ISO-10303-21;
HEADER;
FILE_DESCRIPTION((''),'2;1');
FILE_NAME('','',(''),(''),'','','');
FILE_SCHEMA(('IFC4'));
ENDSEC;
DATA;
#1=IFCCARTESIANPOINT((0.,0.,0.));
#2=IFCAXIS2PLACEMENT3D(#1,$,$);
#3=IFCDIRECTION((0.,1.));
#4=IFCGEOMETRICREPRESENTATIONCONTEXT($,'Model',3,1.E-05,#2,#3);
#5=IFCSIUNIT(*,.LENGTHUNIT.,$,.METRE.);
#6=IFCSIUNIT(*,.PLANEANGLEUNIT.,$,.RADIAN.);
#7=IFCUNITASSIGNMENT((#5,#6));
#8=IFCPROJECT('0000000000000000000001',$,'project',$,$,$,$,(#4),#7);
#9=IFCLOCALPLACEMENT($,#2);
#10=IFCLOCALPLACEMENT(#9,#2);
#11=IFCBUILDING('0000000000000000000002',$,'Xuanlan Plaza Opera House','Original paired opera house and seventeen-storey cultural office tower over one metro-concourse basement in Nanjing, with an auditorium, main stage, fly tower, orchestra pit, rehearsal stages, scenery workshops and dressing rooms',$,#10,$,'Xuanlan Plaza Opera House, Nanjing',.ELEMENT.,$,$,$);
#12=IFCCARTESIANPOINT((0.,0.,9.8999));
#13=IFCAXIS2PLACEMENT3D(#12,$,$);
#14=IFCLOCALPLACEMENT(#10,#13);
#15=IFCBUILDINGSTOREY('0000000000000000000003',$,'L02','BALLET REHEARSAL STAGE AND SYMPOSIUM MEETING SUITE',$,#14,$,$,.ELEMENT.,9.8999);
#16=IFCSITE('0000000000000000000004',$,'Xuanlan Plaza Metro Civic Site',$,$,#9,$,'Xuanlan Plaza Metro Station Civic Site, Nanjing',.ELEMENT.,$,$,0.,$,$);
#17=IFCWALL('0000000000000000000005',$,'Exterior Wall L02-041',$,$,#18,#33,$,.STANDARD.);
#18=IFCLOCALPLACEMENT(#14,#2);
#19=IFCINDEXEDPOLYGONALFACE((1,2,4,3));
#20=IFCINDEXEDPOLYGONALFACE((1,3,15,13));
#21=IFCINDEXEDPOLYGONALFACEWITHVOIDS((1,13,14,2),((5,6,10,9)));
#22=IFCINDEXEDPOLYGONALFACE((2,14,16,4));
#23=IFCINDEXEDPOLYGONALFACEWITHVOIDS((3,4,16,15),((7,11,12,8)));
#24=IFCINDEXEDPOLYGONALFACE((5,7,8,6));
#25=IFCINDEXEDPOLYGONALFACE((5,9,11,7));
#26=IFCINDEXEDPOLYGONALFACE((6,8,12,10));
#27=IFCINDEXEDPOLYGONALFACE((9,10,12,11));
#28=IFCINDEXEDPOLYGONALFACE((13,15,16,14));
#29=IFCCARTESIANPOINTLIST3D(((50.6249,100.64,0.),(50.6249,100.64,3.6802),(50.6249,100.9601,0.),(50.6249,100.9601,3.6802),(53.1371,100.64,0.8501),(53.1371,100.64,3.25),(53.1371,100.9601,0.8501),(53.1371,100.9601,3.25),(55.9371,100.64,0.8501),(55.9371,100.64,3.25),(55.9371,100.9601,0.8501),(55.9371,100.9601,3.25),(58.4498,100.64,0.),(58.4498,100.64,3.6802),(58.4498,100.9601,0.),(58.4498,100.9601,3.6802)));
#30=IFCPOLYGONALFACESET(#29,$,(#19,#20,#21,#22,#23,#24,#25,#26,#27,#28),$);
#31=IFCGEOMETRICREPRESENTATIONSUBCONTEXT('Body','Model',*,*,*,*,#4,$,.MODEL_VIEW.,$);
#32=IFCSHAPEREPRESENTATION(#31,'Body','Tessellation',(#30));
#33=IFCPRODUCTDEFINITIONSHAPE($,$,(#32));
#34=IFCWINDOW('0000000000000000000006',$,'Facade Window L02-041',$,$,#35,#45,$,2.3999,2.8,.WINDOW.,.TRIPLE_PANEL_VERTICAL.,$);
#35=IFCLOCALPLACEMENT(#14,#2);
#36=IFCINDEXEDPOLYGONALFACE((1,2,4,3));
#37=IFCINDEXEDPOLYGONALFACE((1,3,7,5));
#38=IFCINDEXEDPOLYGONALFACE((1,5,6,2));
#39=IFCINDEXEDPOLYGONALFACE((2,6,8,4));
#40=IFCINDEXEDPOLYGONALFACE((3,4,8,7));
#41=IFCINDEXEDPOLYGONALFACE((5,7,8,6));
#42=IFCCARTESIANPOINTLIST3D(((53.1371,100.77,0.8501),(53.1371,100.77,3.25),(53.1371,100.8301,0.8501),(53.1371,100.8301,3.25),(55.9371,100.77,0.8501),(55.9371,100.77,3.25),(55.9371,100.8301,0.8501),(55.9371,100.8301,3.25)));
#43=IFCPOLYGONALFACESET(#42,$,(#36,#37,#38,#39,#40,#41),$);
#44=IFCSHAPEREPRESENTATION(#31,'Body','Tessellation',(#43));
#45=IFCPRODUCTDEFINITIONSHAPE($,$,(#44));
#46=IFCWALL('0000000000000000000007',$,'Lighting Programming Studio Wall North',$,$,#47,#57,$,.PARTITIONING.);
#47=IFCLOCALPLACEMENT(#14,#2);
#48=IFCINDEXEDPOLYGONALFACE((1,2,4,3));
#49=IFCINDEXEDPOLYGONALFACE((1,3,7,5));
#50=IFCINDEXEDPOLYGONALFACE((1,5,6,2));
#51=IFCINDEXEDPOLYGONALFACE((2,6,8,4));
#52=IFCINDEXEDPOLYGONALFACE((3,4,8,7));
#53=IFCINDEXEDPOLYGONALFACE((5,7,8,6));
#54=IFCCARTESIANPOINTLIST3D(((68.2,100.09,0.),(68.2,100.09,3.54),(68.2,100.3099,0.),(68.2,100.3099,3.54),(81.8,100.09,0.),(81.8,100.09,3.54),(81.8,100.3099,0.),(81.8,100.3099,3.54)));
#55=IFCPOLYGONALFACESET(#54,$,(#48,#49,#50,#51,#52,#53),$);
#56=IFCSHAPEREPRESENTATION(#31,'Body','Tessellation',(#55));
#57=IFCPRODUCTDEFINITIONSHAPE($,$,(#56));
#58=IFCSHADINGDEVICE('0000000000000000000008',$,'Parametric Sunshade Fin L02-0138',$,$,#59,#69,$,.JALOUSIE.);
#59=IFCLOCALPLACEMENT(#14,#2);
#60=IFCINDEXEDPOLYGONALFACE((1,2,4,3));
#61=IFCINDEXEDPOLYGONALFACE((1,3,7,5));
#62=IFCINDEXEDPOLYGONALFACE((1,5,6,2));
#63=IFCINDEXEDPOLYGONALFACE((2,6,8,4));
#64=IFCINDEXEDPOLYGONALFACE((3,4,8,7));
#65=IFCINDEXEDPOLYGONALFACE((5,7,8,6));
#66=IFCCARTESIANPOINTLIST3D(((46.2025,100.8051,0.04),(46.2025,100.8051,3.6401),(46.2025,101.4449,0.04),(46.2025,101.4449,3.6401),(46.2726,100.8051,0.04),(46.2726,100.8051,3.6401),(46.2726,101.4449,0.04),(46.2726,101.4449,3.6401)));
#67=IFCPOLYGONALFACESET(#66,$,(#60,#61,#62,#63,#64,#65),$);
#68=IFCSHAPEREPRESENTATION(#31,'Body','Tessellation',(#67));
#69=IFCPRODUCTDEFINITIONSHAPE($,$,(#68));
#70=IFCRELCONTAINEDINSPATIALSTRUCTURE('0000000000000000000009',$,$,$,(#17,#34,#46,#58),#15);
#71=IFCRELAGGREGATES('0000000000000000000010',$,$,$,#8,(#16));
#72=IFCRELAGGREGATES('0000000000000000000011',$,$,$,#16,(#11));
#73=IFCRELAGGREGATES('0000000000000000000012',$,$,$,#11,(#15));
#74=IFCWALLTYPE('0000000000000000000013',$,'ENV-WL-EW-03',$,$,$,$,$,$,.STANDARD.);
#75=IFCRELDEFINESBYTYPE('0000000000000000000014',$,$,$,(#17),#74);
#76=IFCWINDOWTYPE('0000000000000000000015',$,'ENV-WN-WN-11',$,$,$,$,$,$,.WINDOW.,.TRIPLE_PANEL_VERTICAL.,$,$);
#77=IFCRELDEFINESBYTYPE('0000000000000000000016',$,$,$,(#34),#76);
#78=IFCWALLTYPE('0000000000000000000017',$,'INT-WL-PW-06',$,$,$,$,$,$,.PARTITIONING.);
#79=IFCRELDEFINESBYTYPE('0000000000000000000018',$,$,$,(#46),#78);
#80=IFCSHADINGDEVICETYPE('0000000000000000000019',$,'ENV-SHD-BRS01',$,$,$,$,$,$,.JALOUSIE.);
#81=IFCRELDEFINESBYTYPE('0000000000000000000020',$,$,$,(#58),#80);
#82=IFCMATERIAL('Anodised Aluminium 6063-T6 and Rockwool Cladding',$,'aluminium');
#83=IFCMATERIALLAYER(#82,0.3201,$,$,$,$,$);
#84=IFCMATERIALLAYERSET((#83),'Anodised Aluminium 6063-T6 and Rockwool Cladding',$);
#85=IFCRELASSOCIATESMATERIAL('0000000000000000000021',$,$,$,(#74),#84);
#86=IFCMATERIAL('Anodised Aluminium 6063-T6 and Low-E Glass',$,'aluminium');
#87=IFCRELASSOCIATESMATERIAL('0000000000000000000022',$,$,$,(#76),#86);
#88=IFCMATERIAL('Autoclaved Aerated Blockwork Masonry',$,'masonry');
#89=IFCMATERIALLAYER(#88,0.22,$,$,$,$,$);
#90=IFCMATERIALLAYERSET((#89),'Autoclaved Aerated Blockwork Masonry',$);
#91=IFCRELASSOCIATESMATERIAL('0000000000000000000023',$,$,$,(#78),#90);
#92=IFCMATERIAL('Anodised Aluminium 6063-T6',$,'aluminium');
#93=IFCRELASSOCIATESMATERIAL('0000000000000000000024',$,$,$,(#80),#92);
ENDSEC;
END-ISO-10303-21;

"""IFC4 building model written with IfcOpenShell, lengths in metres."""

from ifc_helpers import new_model, si_unit, direction, frame, frame_2d, origin, origin_2d, place, context, subcontext, project, spatial, rectangle, extrude, material, layer, layer_set, type_object, element, fill, save


model = new_model("IFC4")

# Units and contexts
model_context = context("Model", 3, precision=1e-05, world=origin(), true_north=direction((0.0, 1.0)))
body_context = subcontext(model_context, "Body", "Model", "MODEL_VIEW")
ifc_project = project(units=[si_unit("LENGTHUNIT", "METRE"), si_unit("PLANEANGLEUNIT", "RADIAN")], contexts=[model_context])

# Site, building, storey
site_placement = place(None, origin())
site = spatial("IfcSite", under=ifc_project, at=site_placement, Name="Xuanlan Plaza Metro Civic Site", LongName="Xuanlan Plaza Metro Station Civic Site, Nanjing", CompositionType="ELEMENT", RefElevation=0.0)
building_placement = place(site_placement, origin())
building = spatial("IfcBuilding", under=site, at=building_placement, Name="Xuanlan Plaza Opera House", Description="Original paired opera house and seventeen-storey cultural office tower over one metro-concourse basement in Nanjing, with an auditorium, main stage, fly tower, orchestra pit, rehearsal stages, scenery workshops and dressing rooms", LongName="Xuanlan Plaza Opera House, Nanjing", CompositionType="ELEMENT")
storey_placement = place(building_placement, frame((0.0, 0.0, 9.8999)))
storey = spatial("IfcBuildingStorey", under=building, at=storey_placement, Name="L02", Description="BALLET REHEARSAL STAGE AND SYMPOSIUM MEETING SUITE", CompositionType="ELEMENT", Elevation=9.8999)

# Shared definitions
ifc_material_1 = material(Name="Anodised Aluminium 6063-T6 and Low-E Glass", Category="aluminium")
ifc_material_2 = material(Name="Anodised Aluminium 6063-T6", Category="aluminium")

# Wall, opening, window
ifc_material_3 = material(Name="Anodised Aluminium 6063-T6 and Rockwool Cladding", Category="aluminium")
ifc_layer_1 = layer(ifc_material_3, 0.3201)
ifc_layer_set_1 = layer_set([ifc_layer_1], Name="Anodised Aluminium 6063-T6 and Rockwool Cladding")
wall_type_1 = type_object("IfcWallType", Name="ENV-WL-EW-03", PredefinedType="STANDARD", material=ifc_layer_set_1)
wall_1_placement = place(storey_placement, frame((58.45, 100.8, 0.0), z_axis=(0.0, 0.0, 1.0), x_axis=(-1.0, 0.0, 0.0)))
wall_1 = element("IfcWall", 1, at=wall_1_placement, inside=storey, type_object=wall_type_1, Name="Exterior Wall L02-041", PredefinedType="STANDARD", context=body_context, shape_type="SweptSolid", body=[
    extrude(rectangle(XDim=7.825, YDim=0.3201, at=frame_2d((3.9126, 0.0))), origin(), (0.0, 0.0, 1.0), 3.6802),
])
opening_1_placement = place(wall_1_placement, frame((2.5129, 0.0, 0.8501)))
opening_1 = element("IfcOpeningElement", 2, at=opening_1_placement, cuts=wall_1, PredefinedType="OPENING", context=body_context, shape_type="SweptSolid", body=[
    extrude(rectangle(XDim=2.8, YDim=2.3999, at=frame_2d((1.3999, 1.2))), frame((0.0, 0.1699, 0.0), z_axis=(0.0, -1.0, 0.0), x_axis=(1.0, 0.0, 0.0)), (0.0, 0.0, 1.0), 0.3401),
])
window_type_1 = type_object("IfcWindowType", Name="ENV-WN-WN-11", PartitioningType="TRIPLE_PANEL_VERTICAL", PredefinedType="WINDOW", material=ifc_material_1)
window_1_placement = place(opening_1_placement, origin())
window_1 = element("IfcWindow", 3, at=window_1_placement, inside=storey, type_object=window_type_1, Name="Facade Window L02-041", OverallHeight=2.3999, OverallWidth=2.8, PartitioningType="TRIPLE_PANEL_VERTICAL", PredefinedType="WINDOW", context=body_context, shape_type="SweptSolid", body=[
    extrude(rectangle(XDim=2.8, YDim=2.3999, at=frame_2d((1.3999, 1.2))), frame((0.0, 0.03, 0.0), z_axis=(0.0, -1.0, 0.0), x_axis=(1.0, 0.0, 0.0)), (0.0, 0.0, 1.0), 0.0601),
])
fill(opening_1, window_1)

# Wall
ifc_material_4 = material(Name="Autoclaved Aerated Blockwork Masonry", Category="masonry")
ifc_layer_2 = layer(ifc_material_4, 0.22)
ifc_layer_set_2 = layer_set([ifc_layer_2], Name="Autoclaved Aerated Blockwork Masonry")
wall_type_2 = type_object("IfcWallType", Name="INT-WL-PW-06", PredefinedType="PARTITIONING", material=ifc_layer_set_2)
wall_2_placement = place(storey_placement, frame((68.2, 100.2, 0.0), z_axis=(0.0, 0.0, 1.0), x_axis=(1.0, 0.0, 0.0)))
element("IfcWall", 4, at=wall_2_placement, inside=storey, type_object=wall_type_2, Name="Lighting Programming Studio Wall North", PredefinedType="PARTITIONING", context=body_context, shape_type="SweptSolid", body=[
    extrude(rectangle(XDim=13.6001, YDim=0.22, at=frame_2d((6.8, 0.0))), origin(), (0.0, 0.0, 1.0), 3.54),
])

# Shading device
shading_device_type = type_object("IfcShadingDeviceType", Name="ENV-SHD-BRS01", PredefinedType="JALOUSIE", material=ifc_material_2)
shading_device_placement = place(storey_placement, frame((46.2375, 101.125, 0.04), z_axis=(0.0, 0.0, 1.0), x_axis=(0.0, 1.0, 0.0)))
element("IfcShadingDevice", 5, at=shading_device_placement, inside=storey, type_object=shading_device_type, Name="Parametric Sunshade Fin L02-0138", PredefinedType="JALOUSIE", context=body_context, shape_type="SweptSolid", body=[
    extrude(rectangle(XDim=0.6399, YDim=0.0701, at=origin_2d()), origin(), (0.0, 0.0, 1.0), 3.6001),
])

save(model, "model.ifc")
